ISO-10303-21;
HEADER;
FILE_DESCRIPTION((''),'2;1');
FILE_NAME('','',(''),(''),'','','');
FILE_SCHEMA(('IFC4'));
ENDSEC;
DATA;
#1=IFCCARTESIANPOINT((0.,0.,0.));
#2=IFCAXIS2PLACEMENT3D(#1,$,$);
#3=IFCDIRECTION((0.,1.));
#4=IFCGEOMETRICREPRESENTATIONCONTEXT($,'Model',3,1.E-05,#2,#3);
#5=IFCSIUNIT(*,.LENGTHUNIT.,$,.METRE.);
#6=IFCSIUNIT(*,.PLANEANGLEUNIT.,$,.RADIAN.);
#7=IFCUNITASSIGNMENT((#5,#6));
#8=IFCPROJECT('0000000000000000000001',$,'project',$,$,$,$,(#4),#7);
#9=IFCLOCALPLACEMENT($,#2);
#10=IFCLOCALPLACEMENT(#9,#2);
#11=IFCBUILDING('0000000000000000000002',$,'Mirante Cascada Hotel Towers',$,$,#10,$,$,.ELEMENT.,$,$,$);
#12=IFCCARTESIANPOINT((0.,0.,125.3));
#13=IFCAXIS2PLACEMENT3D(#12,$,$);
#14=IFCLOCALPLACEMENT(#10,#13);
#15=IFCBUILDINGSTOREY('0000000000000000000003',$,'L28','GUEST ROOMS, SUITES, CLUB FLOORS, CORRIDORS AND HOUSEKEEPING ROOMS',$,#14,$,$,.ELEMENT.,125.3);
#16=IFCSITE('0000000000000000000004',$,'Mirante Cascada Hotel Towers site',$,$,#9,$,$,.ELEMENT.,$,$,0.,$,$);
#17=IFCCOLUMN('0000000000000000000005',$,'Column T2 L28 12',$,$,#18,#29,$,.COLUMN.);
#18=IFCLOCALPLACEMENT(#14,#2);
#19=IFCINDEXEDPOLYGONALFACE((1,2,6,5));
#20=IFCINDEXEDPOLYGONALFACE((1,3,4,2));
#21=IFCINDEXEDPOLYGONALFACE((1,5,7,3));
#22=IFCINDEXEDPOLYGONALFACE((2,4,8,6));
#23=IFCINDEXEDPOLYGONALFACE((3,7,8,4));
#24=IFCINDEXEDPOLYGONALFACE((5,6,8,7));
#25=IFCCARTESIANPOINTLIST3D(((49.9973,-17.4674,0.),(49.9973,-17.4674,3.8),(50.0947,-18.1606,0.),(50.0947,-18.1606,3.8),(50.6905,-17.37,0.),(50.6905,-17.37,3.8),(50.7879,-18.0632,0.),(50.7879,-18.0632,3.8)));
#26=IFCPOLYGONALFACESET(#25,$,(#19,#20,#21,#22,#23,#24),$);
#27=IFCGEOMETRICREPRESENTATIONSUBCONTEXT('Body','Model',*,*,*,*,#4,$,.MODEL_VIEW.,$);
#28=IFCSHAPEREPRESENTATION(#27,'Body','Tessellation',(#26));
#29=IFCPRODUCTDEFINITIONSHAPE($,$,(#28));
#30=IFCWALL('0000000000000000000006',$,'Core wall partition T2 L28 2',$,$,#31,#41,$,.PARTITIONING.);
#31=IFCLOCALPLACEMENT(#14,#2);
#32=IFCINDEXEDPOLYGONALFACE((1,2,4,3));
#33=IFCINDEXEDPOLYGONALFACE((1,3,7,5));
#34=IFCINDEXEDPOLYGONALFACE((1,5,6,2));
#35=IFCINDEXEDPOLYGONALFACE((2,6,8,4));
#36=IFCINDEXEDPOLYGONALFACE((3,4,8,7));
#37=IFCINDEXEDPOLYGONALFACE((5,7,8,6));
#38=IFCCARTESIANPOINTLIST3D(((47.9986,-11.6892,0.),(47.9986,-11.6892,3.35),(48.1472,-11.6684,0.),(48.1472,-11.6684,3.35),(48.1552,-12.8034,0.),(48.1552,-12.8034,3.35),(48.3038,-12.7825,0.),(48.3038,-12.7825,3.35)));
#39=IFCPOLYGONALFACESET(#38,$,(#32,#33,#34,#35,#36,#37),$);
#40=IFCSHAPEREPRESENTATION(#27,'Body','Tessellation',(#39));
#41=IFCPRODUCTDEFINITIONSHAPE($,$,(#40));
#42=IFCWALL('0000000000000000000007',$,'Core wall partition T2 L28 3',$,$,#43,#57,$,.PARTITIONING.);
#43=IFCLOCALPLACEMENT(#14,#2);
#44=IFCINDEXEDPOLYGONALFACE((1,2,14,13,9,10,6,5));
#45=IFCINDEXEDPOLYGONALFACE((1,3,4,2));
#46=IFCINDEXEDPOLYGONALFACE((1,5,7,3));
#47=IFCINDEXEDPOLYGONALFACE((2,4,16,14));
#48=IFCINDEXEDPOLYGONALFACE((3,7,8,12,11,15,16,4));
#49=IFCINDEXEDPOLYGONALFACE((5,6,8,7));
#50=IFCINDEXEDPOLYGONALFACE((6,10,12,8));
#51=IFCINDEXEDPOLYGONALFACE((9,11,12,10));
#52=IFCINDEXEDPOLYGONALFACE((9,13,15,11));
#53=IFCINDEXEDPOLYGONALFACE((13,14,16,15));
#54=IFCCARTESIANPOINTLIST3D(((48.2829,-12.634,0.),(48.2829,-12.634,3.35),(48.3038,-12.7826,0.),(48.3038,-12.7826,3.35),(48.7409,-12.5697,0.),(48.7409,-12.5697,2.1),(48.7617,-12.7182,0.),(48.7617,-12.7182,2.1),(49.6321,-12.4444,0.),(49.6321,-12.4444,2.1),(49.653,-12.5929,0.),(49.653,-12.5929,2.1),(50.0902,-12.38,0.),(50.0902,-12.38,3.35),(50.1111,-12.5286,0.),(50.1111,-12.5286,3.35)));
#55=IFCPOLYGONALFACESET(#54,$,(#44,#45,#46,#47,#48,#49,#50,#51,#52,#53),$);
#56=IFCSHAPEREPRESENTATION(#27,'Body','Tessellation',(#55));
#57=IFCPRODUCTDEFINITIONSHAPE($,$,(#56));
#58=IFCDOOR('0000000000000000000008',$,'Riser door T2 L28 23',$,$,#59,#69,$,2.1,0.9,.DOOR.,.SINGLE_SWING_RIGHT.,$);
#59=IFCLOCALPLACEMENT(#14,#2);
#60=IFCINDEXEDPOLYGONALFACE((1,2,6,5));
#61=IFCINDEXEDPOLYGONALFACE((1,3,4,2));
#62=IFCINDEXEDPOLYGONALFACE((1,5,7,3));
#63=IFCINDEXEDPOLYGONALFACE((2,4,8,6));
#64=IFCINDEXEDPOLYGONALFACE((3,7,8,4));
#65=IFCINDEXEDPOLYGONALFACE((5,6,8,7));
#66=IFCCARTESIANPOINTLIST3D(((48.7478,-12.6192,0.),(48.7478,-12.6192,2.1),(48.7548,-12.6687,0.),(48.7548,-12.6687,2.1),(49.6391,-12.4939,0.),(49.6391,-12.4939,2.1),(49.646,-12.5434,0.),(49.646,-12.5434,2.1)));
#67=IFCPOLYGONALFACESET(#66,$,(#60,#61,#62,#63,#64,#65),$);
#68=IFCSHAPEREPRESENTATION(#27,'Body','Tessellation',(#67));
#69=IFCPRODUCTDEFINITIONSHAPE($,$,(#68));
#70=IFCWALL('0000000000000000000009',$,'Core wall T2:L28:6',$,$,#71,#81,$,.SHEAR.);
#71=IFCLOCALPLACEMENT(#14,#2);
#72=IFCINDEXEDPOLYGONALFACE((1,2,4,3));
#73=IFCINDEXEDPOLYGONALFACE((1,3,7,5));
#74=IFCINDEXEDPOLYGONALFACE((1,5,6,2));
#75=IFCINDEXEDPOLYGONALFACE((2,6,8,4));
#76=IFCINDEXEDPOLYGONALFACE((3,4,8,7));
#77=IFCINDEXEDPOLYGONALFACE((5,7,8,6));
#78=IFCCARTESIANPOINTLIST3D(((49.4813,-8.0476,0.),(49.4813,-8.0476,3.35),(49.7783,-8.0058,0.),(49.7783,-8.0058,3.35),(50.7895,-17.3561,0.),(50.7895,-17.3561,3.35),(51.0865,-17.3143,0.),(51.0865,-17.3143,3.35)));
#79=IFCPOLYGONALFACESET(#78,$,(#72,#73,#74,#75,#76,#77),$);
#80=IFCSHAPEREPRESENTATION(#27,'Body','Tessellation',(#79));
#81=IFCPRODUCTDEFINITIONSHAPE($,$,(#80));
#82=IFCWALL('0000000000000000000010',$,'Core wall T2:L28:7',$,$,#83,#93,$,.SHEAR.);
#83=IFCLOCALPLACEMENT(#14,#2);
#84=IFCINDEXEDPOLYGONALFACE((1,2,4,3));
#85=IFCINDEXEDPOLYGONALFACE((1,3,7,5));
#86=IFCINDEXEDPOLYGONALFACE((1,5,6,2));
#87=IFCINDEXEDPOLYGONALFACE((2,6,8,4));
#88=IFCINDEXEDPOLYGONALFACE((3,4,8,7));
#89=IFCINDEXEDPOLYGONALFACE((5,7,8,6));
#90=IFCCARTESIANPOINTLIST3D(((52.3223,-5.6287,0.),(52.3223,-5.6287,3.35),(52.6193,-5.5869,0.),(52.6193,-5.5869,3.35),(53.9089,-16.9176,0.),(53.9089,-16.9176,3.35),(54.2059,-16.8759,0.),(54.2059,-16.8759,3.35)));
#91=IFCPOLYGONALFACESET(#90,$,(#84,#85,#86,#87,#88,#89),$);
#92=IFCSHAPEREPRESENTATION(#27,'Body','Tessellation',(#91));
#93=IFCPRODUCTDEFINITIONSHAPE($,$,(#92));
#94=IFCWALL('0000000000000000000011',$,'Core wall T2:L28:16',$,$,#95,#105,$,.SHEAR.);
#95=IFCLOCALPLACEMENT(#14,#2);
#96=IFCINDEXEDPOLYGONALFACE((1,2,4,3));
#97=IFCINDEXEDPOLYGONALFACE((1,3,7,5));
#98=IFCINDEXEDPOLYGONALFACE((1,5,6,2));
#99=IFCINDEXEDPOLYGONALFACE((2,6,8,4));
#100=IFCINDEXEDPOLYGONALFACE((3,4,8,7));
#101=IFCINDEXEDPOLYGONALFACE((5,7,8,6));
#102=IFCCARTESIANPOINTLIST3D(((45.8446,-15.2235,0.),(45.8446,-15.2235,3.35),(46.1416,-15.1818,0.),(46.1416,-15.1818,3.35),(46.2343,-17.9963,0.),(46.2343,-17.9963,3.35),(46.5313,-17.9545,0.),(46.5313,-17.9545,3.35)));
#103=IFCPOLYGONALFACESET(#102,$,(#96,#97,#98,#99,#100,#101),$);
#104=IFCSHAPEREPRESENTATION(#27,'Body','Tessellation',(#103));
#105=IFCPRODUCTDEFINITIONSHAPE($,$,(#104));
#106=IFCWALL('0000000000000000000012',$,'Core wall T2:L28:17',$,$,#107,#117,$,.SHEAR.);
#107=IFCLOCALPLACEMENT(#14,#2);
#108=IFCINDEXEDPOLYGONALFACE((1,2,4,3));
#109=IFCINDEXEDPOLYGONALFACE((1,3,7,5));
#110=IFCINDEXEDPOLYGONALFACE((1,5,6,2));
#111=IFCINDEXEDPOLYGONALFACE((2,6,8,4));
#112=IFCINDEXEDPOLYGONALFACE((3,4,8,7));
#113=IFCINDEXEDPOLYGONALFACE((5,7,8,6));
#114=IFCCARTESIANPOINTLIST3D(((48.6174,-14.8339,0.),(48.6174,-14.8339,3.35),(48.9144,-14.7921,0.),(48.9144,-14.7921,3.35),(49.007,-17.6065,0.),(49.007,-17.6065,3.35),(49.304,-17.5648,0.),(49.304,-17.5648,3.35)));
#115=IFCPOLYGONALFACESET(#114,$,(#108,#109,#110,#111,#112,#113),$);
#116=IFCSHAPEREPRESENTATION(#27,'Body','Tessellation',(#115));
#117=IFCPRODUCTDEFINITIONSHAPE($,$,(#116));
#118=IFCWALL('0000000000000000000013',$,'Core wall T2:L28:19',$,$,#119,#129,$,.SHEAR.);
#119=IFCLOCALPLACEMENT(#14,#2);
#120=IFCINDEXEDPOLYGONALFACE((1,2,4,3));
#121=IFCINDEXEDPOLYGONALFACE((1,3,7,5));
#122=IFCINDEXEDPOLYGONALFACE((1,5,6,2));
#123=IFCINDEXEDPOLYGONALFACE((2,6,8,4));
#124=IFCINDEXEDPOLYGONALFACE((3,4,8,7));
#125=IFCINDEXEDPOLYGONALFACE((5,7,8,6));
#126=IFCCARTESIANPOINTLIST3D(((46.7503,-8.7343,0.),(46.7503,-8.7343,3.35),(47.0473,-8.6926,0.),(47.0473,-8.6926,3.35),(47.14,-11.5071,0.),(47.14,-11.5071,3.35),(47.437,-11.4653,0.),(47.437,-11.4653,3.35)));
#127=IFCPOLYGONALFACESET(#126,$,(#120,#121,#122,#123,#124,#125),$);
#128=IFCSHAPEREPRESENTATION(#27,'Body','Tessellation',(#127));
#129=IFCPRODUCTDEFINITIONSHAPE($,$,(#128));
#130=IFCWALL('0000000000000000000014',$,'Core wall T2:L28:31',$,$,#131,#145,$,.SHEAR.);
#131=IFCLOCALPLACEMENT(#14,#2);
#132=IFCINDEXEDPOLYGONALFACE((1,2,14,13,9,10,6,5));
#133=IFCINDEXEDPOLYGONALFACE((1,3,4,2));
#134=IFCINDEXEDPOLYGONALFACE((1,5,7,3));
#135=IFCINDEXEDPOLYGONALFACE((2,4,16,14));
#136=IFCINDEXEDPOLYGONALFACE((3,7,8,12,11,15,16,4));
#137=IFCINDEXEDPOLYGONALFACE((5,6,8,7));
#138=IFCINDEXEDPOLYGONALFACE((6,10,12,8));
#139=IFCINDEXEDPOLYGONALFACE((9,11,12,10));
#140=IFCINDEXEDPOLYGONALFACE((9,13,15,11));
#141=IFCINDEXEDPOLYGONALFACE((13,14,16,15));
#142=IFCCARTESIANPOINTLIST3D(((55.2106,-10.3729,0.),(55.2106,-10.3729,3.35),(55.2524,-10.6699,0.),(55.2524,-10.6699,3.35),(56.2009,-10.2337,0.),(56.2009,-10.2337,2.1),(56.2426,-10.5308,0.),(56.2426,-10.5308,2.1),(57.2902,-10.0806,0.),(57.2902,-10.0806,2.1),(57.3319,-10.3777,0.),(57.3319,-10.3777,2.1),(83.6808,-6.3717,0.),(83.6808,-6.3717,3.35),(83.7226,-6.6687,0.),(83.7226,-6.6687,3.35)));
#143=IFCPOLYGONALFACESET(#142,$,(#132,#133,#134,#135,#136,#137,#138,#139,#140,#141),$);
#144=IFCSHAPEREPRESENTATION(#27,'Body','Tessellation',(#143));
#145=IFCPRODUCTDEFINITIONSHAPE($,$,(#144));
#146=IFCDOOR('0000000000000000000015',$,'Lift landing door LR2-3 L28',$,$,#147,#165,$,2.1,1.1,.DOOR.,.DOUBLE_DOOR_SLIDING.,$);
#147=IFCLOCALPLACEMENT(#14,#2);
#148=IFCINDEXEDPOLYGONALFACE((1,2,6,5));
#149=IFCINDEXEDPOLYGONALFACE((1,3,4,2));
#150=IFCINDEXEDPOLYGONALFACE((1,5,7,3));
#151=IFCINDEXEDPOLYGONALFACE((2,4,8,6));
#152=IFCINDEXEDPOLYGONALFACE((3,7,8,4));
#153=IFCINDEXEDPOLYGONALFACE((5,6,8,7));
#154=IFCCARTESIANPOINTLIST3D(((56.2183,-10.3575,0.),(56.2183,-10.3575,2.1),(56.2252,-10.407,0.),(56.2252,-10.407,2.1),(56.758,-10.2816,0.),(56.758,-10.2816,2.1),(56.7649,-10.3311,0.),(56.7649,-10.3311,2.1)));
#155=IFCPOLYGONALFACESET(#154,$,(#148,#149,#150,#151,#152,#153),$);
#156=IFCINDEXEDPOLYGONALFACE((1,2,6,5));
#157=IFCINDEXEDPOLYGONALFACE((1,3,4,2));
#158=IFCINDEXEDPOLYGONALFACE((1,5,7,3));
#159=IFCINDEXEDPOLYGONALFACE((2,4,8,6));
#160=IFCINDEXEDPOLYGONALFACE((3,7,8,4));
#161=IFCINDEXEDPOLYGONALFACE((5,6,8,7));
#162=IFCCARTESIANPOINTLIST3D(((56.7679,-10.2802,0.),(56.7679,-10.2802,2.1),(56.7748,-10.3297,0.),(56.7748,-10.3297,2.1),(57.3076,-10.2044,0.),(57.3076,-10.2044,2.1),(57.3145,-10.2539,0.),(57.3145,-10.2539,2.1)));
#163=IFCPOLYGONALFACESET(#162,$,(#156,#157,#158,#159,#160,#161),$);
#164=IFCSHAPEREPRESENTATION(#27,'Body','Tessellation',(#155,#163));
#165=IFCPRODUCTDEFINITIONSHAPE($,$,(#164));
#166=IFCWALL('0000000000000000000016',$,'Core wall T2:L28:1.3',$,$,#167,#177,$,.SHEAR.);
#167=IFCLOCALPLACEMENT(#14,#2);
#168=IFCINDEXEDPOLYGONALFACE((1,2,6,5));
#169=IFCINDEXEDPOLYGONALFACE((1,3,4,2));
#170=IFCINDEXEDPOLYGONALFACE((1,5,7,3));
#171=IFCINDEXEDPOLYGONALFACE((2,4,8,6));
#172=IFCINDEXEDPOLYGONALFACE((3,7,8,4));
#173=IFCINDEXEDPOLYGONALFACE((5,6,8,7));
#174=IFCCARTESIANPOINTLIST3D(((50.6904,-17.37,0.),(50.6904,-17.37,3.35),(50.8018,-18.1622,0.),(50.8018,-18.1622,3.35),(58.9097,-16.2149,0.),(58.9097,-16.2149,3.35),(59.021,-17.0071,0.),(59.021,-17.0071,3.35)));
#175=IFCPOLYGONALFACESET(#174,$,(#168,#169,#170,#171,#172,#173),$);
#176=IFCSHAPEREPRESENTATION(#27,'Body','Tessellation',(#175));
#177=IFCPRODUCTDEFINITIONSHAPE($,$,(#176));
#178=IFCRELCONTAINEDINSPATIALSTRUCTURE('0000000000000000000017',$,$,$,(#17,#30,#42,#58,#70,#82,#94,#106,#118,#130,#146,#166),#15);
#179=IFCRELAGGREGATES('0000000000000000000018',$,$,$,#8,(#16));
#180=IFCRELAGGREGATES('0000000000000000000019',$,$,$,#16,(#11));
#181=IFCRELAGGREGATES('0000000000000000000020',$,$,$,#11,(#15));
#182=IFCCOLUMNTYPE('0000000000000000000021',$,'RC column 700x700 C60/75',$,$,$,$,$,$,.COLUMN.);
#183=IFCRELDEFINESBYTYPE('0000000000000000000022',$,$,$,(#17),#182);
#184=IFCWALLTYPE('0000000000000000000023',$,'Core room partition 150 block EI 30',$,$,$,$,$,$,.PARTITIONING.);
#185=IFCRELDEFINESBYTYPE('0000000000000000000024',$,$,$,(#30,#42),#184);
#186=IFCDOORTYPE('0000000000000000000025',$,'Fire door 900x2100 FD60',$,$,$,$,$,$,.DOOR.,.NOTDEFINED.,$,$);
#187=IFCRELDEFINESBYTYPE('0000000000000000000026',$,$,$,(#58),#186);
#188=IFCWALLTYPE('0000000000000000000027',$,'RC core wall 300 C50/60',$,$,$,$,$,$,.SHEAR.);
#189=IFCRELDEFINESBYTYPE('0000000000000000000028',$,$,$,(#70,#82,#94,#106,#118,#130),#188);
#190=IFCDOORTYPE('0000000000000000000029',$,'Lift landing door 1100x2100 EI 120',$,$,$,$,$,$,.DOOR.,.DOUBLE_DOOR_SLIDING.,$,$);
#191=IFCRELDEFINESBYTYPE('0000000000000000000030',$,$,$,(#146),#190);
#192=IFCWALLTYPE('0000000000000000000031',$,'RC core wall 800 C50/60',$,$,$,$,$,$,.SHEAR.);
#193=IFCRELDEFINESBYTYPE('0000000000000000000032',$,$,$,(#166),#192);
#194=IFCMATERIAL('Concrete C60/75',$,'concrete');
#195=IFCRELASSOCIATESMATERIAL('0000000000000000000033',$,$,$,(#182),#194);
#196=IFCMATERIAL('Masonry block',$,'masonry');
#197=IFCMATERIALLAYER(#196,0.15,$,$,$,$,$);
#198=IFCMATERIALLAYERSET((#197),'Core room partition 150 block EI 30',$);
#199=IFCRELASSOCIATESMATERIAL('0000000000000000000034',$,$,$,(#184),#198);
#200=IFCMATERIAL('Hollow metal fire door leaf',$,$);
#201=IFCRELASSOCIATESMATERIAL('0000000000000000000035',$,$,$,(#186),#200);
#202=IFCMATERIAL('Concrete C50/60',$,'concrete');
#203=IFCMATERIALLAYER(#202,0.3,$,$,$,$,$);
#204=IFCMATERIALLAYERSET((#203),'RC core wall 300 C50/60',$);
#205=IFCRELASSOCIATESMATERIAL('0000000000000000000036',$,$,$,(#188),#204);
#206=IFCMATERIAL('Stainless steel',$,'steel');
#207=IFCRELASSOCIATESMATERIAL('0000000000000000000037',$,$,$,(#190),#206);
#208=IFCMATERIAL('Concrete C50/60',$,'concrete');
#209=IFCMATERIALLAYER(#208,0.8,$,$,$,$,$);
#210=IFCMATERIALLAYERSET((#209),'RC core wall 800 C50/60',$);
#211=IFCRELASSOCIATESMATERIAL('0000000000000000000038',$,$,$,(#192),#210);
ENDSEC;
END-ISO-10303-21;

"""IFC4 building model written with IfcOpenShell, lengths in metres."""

from ifc_helpers import new_model, si_unit, direction, frame, frame_2d, origin, origin_2d, place, context, subcontext, project, spatial, rectangle, extrude, material, layer, layer_set, material_profile, profile_set, type_object, element, fill, save


model = new_model("IFC4")

# Units and contexts
model_context = context("Model", 3, precision=1e-05, world=origin(), true_north=direction((0.0, 1.0)))
body_context = subcontext(model_context, "Body", "Model", "MODEL_VIEW")
ifc_project = project(units=[si_unit("LENGTHUNIT", "METRE"), si_unit("PLANEANGLEUNIT", "RADIAN")], contexts=[model_context])

# Site, building, storey
site_placement = place(None, origin())
site = spatial("IfcSite", under=ifc_project, at=site_placement, Name="Mirante Cascada Hotel Towers site", CompositionType="ELEMENT", RefElevation=0.0)
building_placement = place(site_placement, origin())
building = spatial("IfcBuilding", under=site, at=building_placement, Name="Mirante Cascada Hotel Towers", CompositionType="ELEMENT")
storey_placement = place(building_placement, frame((0.0, 0.0, 125.3)))
storey = spatial("IfcBuildingStorey", under=building, at=storey_placement, Name="L28", Description="GUEST ROOMS, SUITES, CLUB FLOORS, CORRIDORS AND HOUSEKEEPING ROOMS", CompositionType="ELEMENT", Elevation=125.3)

# Column
ifc_material_1 = material(Name="Concrete C60/75", Category="concrete")
ifc_material_profile = material_profile(ifc_material_1, rectangle(XDim=0.7, YDim=0.7, at=origin_2d()), Name="RC column 700x700 C60/75")
ifc_profile_set = profile_set([ifc_material_profile], Name="Concrete C60/75")
column_type = type_object("IfcColumnType", Name="RC column 700x700 C60/75", PredefinedType="COLUMN", material=ifc_profile_set)
column_placement = place(storey_placement, frame((50.3926, -17.7653, 0.0), z_axis=(0.0, 0.0, 1.0), x_axis=(0.990268, 0.139173, 0.0)))
element("IfcColumn", 1, at=column_placement, inside=storey, type_object=column_type, Name="Column T2 L28 12", PredefinedType="COLUMN", context=body_context, shape_type="SweptSolid", body=[
    extrude(rectangle(XDim=0.7, YDim=0.7, at=origin_2d()), origin(), (0.0, 0.0, 1.0), 3.8),
])

# Wall
ifc_material_2 = material(Name="Masonry block", Category="masonry")
ifc_layer_1 = layer(ifc_material_2, 0.15)
ifc_layer_set_1 = layer_set([ifc_layer_1], Name="Core room partition 150 block EI 30")
wall_type_1 = type_object("IfcWallType", Name="Core room partition 150 block EI 30", PredefinedType="PARTITIONING", material=ifc_layer_set_1)
wall_1_placement = place(storey_placement, frame((48.2295, -12.793, 0.0), z_axis=(0.0, 0.0, 1.0), x_axis=(-0.139193, 0.990265, 0.0)))
element("IfcWall", 2, at=wall_1_placement, inside=storey, type_object=wall_type_1, Name="Core wall partition T2 L28 2", PredefinedType="PARTITIONING", context=body_context, shape_type="SweptSolid", body=[
    extrude(rectangle(XDim=1.1251, YDim=0.15, at=frame_2d((0.5626, 0.0))), origin(), (0.0, 0.0, 1.0), 3.35),
])

# Wall, opening, door
wall_2_placement = place(storey_placement, frame((48.2933, -12.7083, 0.0), z_axis=(0.0, 0.0, 1.0), x_axis=(0.990268, 0.139173, 0.0)))
wall_2 = element("IfcWall", 3, at=wall_2_placement, inside=storey, type_object=wall_type_1, Name="Core wall partition T2 L28 3", PredefinedType="PARTITIONING", context=body_context, shape_type="SweptSolid", body=[
    extrude(rectangle(XDim=1.8251, YDim=0.15, at=frame_2d((0.9126, 0.0))), origin(), (0.0, 0.0, 1.0), 3.35),
])
opening_1_placement = place(wall_2_placement, frame((0.4625, 0.0, 0.0)))
opening_1 = element("IfcOpeningElement", 4, at=opening_1_placement, cuts=wall_2, PredefinedType="OPENING", context=body_context, shape_type="SweptSolid", body=[
    extrude(rectangle(XDim=0.9, YDim=2.1, at=frame_2d((0.45, 1.05))), frame((0.0, 0.075, 0.0), z_axis=(0.0, -1.0, 0.0), x_axis=(1.0, 0.0, 0.0)), (0.0, 0.0, 1.0), 0.15),
])
ifc_material_3 = material(Name="Hollow metal fire door leaf")
door_type_1 = type_object("IfcDoorType", Name="Fire door 900x2100 FD60", OperationType="NOTDEFINED", PredefinedType="DOOR", material=ifc_material_3)
door_1_placement = place(opening_1_placement, frame((0.9, 0.0, 0.0), z_axis=(0.0, 0.0, 1.0), x_axis=(-1.0, 0.0, 0.0)))
door_1 = element("IfcDoor", 5, at=door_1_placement, inside=storey, type_object=door_type_1, Name="Riser door T2 L28 23", OperationType="SINGLE_SWING_RIGHT", OverallHeight=2.1, OverallWidth=0.9, PredefinedType="DOOR", context=body_context, shape_type="SweptSolid", body=[
    extrude(rectangle(XDim=0.9, YDim=2.1, at=frame_2d((0.45, 1.05))), frame((0.0, 0.025, 0.0), z_axis=(0.0, -1.0, 0.0), x_axis=(1.0, 0.0, 0.0)), (0.0, 0.0, 1.0), 0.05),
])
fill(opening_1, door_1)

# Walls
ifc_material_4 = material(Name="Concrete C50/60", Category="concrete")
ifc_layer_2 = layer(ifc_material_4, 0.3)
ifc_layer_set_2 = layer_set([ifc_layer_2], Name="RC core wall 300 C50/60")
wall_type_2 = type_object("IfcWallType", Name="RC core wall 300 C50/60", PredefinedType="SHEAR", material=ifc_layer_set_2)
wall_3_placement = place(storey_placement, frame((50.938, -17.3352, 0.0), z_axis=(0.0, 0.0, 1.0), x_axis=(-0.139171, 0.990268, 0.0)))
element("IfcWall", 6, at=wall_3_placement, inside=storey, type_object=wall_type_2, Name="Core wall T2:L28:6", PredefinedType="SHEAR", context=body_context, shape_type="SweptSolid", body=[
    extrude(rectangle(XDim=9.4, YDim=0.3, at=frame_2d((4.7, 0.0))), origin(), (0.0, 0.0, 1.0), 3.35),
])
wall_4_placement = place(storey_placement, frame((54.0574, -16.8968, 0.0), z_axis=(0.0, 0.0, 1.0), x_axis=(-0.139176, 0.990268, 0.0)))
element("IfcWall", 7, at=wall_4_placement, inside=storey, type_object=wall_type_2, Name="Core wall T2:L28:7", PredefinedType="SHEAR", context=body_context, shape_type="SweptSolid", body=[
    extrude(rectangle(XDim=11.3999, YDim=0.3, at=frame_2d((5.7, 0.0))), origin(), (0.0, 0.0, 1.0), 3.35),
])
wall_5_placement = place(storey_placement, frame((46.3828, -17.9754, 0.0), z_axis=(0.0, 0.0, 1.0), x_axis=(-0.139181, 0.990267, 0.0)))
element("IfcWall", 8, at=wall_5_placement, inside=storey, type_object=wall_type_2, Name="Core wall T2:L28:16", PredefinedType="SHEAR", context=body_context, shape_type="SweptSolid", body=[
    extrude(rectangle(XDim=2.8, YDim=0.3, at=frame_2d((1.4, 0.0))), origin(), (0.0, 0.0, 1.0), 3.35),
])
wall_6_placement = place(storey_placement, frame((49.1555, -17.5857, 0.0), z_axis=(0.0, 0.0, 1.0), x_axis=(-0.139146, 0.990272, 0.0)))
element("IfcWall", 9, at=wall_6_placement, inside=storey, type_object=wall_type_2, Name="Core wall T2:L28:17", PredefinedType="SHEAR", context=body_context, shape_type="SweptSolid", body=[
    extrude(rectangle(XDim=2.7999, YDim=0.3, at=frame_2d((1.4, 0.0))), origin(), (0.0, 0.0, 1.0), 3.35),
])
wall_7_placement = place(storey_placement, frame((47.2885, -11.4862, 0.0), z_axis=(0.0, 0.0, 1.0), x_axis=(-0.139181, 0.990267, 0.0)))
element("IfcWall", 10, at=wall_7_placement, inside=storey, type_object=wall_type_2, Name="Core wall T2:L28:19", PredefinedType="SHEAR", context=body_context, shape_type="SweptSolid", body=[
    extrude(rectangle(XDim=2.8, YDim=0.3, at=frame_2d((1.4, 0.0))), origin(), (0.0, 0.0, 1.0), 3.35),
])

# Shared definitions
ifc_material_5 = material(Name="Stainless steel", Category="steel")
door_type_2 = type_object("IfcDoorType", Name="Lift landing door 1100x2100 EI 120", OperationType="DOUBLE_DOOR_SLIDING", PredefinedType="DOOR", material=ifc_material_5)

# Wall, opening, door
wall_8_placement = place(storey_placement, frame((55.2315, -10.5214, 0.0), z_axis=(0.0, 0.0, 1.0), x_axis=(0.990268, 0.139172, 0.0)))
wall_8 = element("IfcWall", 11, at=wall_8_placement, inside=storey, type_object=wall_type_2, Name="Core wall T2:L28:31", PredefinedType="SHEAR", context=body_context, shape_type="SweptSolid", body=[
    extrude(rectangle(XDim=28.75, YDim=0.3, at=frame_2d((14.375, 0.0))), origin(), (0.0, 0.0, 1.0), 3.35),
])
opening_2_placement = place(wall_8_placement, frame((1.0, 0.0, 0.0)))
opening_2 = element("IfcOpeningElement", 12, at=opening_2_placement, cuts=wall_8, PredefinedType="OPENING", context=body_context, shape_type="SweptSolid", body=[
    extrude(rectangle(XDim=1.1, YDim=2.1, at=frame_2d((0.55, 1.05))), frame((0.0, 0.15, 0.0), z_axis=(0.0, -1.0, 0.0), x_axis=(1.0, 0.0, 0.0)), (0.0, 0.0, 1.0), 0.3),
])
door_2_placement = place(opening_2_placement, origin())
door_2 = element("IfcDoor", 13, at=door_2_placement, inside=storey, type_object=door_type_2, Name="Lift landing door LR2-3 L28", OperationType="DOUBLE_DOOR_SLIDING", OverallHeight=2.1, OverallWidth=1.1, PredefinedType="DOOR", context=body_context, shape_type="SweptSolid", body=[
    extrude(rectangle(XDim=0.545, YDim=2.1, at=frame_2d((0.2725, 1.05))), frame((0.0, 0.025, 0.0), z_axis=(0.0, -1.0, 0.0), x_axis=(1.0, 0.0, 0.0)), (0.0, 0.0, 1.0), 0.05),
    extrude(rectangle(XDim=0.545, YDim=2.1, at=frame_2d((0.8275, 1.05))), frame((0.0, 0.025, 0.0), z_axis=(0.0, -1.0, 0.0), x_axis=(1.0, 0.0, 0.0)), (0.0, 0.0, 1.0), 0.05),
])
fill(opening_2, door_2)

# Wall
ifc_material_6 = material(Name="Concrete C50/60", Category="concrete")
ifc_layer_3 = layer(ifc_material_6, 0.8)
ifc_layer_set_3 = layer_set([ifc_layer_3], Name="RC core wall 800 C50/60")
wall_type_3 = type_object("IfcWallType", Name="RC core wall 800 C50/60", PredefinedType="SHEAR", material=ifc_layer_set_3)
wall_9_placement = place(storey_placement, frame((50.7461, -17.7661, 0.0), z_axis=(0.0, 0.0, 1.0), x_axis=(0.990269, 0.139169, 0.0)))
element("IfcWall", 14, at=wall_9_placement, inside=storey, type_object=wall_type_3, Name="Core wall T2:L28:1.3", PredefinedType="SHEAR", context=body_context, shape_type="SweptSolid", body=[
    extrude(rectangle(XDim=8.3, YDim=0.8, at=frame_2d((4.15, 0.0))), origin(), (0.0, 0.0, 1.0), 3.35),
])

save(model, "model.ifc")
